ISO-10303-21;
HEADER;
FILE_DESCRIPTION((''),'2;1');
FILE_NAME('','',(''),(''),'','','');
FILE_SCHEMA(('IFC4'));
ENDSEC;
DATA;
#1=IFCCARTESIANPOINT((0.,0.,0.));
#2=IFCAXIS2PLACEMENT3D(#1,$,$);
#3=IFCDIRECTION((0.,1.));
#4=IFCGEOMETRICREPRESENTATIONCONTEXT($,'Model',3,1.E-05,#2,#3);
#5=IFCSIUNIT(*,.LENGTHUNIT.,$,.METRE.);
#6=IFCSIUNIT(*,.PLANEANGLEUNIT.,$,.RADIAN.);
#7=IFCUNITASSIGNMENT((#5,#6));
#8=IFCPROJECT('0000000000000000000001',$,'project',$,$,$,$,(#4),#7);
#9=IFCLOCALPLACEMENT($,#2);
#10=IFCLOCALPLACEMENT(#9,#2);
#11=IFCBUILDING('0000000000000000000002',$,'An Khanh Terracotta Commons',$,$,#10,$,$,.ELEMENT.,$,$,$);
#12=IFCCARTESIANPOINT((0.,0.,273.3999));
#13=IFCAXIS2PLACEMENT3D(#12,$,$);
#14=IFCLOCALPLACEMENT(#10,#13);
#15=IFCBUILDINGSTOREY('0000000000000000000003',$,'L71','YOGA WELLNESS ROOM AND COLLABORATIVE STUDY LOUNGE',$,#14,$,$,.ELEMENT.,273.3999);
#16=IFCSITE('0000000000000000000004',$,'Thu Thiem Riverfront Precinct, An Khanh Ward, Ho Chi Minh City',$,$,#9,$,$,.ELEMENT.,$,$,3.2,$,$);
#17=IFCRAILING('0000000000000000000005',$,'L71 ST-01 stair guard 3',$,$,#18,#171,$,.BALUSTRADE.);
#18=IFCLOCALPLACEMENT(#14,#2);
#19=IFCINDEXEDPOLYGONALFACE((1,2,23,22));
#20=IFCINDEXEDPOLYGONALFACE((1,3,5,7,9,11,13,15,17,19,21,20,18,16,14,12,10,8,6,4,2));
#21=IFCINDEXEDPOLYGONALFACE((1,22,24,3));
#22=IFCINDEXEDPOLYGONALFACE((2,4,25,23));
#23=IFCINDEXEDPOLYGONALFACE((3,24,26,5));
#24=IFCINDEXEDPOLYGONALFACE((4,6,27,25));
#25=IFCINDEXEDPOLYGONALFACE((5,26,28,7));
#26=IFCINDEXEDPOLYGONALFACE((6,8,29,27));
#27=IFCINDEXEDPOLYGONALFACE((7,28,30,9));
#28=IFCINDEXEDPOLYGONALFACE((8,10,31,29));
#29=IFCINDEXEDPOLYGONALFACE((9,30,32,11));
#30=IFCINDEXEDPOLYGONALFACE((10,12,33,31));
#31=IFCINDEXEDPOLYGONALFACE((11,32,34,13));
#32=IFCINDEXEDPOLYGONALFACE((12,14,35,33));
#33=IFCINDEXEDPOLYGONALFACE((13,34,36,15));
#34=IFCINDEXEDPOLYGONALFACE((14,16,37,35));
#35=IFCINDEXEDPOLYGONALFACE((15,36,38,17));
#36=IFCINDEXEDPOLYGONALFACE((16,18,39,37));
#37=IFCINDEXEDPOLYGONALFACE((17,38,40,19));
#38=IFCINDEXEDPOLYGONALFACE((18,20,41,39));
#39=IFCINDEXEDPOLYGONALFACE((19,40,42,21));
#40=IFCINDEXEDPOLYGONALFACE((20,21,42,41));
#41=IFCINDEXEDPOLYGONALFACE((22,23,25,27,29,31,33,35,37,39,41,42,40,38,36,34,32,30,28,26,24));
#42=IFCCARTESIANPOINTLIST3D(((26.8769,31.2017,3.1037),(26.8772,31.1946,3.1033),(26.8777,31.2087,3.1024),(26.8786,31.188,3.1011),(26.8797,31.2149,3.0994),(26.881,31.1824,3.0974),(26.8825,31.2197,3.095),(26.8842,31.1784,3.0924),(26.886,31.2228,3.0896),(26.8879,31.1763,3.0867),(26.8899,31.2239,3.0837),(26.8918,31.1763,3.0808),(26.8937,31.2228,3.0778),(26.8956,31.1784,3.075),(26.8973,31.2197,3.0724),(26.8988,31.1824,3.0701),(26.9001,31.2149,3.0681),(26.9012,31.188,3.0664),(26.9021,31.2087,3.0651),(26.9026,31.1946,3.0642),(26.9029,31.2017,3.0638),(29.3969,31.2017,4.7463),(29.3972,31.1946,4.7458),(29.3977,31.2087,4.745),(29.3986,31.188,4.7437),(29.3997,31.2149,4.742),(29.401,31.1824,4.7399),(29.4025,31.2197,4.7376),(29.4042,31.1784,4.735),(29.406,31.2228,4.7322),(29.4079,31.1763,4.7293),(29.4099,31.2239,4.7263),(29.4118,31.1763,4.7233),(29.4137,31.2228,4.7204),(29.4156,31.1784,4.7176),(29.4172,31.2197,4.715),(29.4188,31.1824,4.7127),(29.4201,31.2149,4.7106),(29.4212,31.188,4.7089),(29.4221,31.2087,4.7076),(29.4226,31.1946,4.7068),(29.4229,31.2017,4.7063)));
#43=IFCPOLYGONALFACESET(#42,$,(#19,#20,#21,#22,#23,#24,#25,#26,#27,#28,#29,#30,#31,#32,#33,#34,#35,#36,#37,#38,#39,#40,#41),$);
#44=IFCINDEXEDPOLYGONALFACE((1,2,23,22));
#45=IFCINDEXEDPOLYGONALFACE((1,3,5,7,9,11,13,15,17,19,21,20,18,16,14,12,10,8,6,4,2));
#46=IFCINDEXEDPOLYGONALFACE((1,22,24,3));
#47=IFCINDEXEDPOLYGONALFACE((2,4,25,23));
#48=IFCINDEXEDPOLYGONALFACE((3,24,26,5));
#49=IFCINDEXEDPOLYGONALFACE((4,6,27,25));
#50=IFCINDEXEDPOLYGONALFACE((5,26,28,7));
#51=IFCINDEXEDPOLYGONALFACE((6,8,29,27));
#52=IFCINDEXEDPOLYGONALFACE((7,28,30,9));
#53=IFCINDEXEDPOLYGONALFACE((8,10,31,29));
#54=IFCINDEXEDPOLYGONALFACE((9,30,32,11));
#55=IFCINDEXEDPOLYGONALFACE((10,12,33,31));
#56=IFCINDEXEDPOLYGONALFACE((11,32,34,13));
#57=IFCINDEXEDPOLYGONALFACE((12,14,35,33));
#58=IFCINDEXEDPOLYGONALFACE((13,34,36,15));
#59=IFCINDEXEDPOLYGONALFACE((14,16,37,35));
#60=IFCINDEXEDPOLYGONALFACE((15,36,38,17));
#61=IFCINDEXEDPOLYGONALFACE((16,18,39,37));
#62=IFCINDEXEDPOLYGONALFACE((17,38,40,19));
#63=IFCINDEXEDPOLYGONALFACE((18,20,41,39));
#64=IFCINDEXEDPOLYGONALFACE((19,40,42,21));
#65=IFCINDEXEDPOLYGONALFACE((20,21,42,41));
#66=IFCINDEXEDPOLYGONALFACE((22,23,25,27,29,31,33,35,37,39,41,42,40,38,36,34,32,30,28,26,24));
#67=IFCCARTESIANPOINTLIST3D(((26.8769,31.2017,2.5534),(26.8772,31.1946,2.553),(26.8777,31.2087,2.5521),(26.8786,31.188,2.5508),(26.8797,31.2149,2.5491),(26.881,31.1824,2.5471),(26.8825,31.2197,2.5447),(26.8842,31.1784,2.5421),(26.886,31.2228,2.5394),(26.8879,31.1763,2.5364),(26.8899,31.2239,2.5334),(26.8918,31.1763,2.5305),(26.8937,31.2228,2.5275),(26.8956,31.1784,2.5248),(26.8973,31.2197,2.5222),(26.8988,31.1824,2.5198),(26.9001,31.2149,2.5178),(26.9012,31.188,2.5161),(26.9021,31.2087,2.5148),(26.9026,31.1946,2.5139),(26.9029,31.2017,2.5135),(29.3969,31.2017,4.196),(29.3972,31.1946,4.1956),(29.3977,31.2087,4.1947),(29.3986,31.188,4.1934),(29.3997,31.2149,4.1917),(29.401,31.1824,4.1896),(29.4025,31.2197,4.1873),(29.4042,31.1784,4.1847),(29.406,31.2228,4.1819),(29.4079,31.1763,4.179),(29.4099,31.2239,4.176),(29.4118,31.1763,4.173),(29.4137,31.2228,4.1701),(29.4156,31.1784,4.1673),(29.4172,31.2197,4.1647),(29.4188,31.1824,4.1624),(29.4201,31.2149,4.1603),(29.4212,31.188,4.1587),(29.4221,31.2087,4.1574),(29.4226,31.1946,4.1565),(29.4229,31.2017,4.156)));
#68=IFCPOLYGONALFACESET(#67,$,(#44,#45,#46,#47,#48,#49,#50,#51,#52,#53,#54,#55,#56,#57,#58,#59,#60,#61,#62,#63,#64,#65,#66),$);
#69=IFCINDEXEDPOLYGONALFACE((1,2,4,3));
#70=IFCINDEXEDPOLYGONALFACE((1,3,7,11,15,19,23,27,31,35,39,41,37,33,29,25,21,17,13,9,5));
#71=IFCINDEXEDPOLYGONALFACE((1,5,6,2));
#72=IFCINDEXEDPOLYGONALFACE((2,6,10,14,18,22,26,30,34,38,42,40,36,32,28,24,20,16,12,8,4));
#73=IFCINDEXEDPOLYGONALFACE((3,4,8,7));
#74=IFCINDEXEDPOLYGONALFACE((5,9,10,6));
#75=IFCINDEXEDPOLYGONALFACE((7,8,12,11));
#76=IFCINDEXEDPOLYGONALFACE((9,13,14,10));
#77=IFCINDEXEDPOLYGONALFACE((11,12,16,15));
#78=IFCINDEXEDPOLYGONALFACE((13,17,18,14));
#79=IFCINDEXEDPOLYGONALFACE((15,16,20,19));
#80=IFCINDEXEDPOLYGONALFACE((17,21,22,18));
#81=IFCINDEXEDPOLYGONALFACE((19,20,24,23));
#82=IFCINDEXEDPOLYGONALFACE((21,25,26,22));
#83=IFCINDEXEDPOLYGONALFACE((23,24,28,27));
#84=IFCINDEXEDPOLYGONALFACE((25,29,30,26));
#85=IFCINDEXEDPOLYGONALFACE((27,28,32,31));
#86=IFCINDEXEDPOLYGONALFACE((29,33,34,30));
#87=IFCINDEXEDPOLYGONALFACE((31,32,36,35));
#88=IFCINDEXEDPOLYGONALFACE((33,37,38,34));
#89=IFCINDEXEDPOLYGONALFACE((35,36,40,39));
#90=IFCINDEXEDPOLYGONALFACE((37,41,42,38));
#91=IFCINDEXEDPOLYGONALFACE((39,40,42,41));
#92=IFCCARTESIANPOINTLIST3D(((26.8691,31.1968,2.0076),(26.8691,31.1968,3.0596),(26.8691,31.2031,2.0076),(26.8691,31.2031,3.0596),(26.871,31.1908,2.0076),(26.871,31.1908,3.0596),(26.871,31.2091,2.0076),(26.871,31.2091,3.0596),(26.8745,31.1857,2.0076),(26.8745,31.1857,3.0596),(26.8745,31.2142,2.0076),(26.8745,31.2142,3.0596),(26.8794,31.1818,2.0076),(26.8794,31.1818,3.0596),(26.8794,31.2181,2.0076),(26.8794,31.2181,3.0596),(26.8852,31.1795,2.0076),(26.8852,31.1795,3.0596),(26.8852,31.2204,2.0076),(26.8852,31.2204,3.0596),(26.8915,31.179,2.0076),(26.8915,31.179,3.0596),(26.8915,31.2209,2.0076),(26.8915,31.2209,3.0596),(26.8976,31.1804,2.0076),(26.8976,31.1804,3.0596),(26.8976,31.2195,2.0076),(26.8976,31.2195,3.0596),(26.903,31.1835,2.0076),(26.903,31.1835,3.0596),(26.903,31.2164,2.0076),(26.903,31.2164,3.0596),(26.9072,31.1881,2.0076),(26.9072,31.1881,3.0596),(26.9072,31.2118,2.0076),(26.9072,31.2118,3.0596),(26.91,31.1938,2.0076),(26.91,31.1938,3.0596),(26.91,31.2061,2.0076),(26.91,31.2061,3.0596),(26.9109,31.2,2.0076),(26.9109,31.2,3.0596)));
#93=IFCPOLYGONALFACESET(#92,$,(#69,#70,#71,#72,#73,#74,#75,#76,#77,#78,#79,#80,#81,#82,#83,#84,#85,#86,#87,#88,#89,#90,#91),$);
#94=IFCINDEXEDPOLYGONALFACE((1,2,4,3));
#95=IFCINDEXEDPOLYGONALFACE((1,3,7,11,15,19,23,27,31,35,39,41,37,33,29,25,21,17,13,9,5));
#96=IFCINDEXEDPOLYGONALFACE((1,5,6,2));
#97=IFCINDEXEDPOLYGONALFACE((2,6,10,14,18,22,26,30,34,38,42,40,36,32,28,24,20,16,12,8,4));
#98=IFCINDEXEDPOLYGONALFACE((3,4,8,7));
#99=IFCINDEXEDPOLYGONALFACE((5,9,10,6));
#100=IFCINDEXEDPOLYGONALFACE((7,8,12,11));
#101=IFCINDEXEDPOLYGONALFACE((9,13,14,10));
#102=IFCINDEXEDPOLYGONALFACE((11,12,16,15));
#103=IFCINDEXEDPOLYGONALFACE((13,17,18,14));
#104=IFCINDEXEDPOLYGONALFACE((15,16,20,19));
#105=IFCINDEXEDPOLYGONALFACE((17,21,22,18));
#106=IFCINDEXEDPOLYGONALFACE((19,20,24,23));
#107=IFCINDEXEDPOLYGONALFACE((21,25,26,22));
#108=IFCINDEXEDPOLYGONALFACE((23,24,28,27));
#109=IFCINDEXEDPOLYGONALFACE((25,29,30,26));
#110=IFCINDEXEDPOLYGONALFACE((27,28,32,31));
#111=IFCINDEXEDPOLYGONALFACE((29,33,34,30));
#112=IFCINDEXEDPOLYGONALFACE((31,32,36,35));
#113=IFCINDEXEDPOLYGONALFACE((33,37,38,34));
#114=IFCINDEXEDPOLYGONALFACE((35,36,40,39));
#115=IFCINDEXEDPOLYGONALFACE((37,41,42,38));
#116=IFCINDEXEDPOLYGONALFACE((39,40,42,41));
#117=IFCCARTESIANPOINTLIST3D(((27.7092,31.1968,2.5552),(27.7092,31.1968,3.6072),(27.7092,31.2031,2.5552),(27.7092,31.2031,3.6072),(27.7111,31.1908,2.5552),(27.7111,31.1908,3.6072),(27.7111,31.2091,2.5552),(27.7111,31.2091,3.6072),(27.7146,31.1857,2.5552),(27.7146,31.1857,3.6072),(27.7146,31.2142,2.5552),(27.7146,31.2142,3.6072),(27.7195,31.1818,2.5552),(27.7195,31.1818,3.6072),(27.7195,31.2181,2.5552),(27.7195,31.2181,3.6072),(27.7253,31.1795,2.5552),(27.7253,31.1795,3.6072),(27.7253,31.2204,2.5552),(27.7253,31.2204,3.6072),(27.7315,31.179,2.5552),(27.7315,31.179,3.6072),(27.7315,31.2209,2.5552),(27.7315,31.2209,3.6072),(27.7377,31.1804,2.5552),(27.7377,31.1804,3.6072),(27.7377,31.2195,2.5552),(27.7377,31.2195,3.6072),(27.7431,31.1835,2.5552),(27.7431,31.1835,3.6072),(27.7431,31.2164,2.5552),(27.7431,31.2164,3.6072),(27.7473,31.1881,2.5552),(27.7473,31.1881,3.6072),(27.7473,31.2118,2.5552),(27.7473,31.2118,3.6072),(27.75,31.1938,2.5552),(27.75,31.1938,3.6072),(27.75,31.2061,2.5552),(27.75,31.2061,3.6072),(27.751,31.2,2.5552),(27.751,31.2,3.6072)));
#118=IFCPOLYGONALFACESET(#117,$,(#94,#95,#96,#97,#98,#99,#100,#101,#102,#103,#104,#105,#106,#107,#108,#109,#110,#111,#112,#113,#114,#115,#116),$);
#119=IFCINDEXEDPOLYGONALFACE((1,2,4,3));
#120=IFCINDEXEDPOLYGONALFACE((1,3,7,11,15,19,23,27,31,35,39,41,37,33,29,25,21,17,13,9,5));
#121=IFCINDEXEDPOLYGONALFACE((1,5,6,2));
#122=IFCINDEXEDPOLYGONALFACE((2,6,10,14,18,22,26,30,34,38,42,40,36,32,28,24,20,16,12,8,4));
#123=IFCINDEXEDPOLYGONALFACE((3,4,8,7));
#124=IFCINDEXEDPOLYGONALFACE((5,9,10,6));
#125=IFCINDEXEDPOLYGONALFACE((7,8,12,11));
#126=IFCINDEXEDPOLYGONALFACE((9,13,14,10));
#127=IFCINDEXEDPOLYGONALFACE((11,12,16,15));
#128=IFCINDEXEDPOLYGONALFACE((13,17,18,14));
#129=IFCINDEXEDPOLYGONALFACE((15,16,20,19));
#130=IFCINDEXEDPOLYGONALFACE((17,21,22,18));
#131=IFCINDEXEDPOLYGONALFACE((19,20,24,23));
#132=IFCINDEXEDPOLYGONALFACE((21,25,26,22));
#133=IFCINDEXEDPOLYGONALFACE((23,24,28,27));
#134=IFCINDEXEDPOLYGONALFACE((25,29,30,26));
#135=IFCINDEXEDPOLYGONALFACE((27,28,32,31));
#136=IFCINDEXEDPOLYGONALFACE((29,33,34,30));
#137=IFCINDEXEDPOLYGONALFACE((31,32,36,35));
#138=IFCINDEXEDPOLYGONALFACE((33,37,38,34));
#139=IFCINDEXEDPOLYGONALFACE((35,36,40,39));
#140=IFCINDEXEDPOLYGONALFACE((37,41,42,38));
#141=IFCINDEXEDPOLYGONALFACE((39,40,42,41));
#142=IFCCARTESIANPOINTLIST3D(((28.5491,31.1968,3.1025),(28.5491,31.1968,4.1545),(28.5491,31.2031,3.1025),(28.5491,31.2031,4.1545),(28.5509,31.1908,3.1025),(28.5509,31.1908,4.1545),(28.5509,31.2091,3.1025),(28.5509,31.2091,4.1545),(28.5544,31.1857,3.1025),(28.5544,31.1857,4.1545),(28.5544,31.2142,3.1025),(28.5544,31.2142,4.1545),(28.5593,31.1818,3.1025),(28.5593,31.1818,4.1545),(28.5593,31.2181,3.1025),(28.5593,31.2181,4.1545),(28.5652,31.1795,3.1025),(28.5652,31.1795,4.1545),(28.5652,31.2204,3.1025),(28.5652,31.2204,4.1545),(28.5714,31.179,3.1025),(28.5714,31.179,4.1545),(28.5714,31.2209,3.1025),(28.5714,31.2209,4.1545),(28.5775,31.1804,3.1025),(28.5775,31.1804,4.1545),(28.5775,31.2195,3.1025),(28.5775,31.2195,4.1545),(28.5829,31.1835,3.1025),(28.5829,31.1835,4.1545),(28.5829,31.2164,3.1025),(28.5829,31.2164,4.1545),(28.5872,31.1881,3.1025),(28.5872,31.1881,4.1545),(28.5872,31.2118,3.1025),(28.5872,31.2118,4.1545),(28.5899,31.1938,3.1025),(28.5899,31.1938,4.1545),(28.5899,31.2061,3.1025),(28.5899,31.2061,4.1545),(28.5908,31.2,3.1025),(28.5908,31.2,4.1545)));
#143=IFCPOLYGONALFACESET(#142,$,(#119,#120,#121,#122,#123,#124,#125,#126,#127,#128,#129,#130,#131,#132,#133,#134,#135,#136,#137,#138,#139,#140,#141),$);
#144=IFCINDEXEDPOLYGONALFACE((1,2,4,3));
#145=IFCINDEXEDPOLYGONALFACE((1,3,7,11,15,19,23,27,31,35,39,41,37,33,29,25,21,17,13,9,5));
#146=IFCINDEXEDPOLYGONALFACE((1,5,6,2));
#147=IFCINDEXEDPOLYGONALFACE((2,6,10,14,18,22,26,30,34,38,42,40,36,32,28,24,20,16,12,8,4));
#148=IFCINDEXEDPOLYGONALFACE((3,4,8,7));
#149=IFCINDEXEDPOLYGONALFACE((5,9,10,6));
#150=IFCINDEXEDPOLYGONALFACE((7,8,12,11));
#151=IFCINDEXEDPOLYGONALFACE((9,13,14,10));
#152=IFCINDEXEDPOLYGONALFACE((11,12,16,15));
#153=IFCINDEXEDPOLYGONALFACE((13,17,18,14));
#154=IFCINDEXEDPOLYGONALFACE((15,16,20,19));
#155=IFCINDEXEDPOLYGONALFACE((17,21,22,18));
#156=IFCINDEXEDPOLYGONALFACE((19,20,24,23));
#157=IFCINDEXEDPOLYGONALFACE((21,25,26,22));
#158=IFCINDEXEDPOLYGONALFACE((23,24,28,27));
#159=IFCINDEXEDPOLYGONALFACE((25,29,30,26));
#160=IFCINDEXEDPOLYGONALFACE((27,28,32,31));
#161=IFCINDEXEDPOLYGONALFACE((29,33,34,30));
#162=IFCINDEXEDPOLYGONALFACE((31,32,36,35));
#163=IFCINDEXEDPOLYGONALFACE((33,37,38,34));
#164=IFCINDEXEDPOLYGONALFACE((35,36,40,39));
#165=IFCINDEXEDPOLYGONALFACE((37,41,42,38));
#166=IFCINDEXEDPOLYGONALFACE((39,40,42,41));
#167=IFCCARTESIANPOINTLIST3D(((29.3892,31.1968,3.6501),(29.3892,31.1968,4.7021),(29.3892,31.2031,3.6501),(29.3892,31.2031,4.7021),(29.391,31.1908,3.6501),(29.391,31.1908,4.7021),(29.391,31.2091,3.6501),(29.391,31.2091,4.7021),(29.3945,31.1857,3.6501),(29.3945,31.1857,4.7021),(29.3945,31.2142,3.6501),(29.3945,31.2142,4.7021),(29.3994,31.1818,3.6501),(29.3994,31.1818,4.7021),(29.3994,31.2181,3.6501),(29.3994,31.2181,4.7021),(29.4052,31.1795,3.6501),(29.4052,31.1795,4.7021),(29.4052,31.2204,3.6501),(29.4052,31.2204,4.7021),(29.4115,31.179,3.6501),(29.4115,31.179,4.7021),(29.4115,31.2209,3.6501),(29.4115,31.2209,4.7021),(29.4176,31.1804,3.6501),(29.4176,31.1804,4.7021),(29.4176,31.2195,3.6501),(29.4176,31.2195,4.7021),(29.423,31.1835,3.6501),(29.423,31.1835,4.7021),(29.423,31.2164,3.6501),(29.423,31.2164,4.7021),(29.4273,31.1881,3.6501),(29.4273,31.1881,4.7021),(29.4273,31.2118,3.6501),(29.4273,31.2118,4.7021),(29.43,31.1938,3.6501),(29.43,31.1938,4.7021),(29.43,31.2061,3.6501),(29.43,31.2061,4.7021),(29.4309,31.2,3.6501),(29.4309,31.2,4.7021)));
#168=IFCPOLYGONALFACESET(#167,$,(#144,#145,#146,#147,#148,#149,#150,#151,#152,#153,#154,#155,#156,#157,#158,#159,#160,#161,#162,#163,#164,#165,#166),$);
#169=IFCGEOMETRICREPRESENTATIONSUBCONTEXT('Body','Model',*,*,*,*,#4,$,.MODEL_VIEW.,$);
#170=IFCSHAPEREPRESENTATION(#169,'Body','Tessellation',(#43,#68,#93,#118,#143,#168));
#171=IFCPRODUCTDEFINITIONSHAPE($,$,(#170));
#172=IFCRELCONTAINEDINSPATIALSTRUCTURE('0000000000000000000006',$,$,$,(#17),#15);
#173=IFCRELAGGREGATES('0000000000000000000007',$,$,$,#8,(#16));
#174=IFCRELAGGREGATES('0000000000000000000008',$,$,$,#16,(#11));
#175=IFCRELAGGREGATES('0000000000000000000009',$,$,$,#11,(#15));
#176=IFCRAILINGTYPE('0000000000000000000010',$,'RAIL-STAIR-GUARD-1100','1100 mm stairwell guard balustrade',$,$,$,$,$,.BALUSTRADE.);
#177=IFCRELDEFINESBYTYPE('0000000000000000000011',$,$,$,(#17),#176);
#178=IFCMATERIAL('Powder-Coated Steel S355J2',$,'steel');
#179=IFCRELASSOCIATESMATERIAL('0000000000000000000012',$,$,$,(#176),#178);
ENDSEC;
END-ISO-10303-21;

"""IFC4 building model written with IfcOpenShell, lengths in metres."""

from ifc_helpers import new_model, si_unit, direction, frame, origin, origin_2d, place, context, subcontext, project, spatial, circle, extrude, material, type_object, element, save


model = new_model("IFC4")

# Units and contexts
model_context = context("Model", 3, precision=1e-05, world=origin(), true_north=direction((0.0, 1.0)))
body_context = subcontext(model_context, "Body", "Model", "MODEL_VIEW")
ifc_project = project(units=[si_unit("LENGTHUNIT", "METRE"), si_unit("PLANEANGLEUNIT", "RADIAN")], contexts=[model_context])

# Site, building, storey
site_placement = place(None, origin())
site = spatial("IfcSite", under=ifc_project, at=site_placement, Name="Thu Thiem Riverfront Precinct, An Khanh Ward, Ho Chi Minh City", CompositionType="ELEMENT", RefElevation=3.2)
building_placement = place(site_placement, origin())
building = spatial("IfcBuilding", under=site, at=building_placement, Name="An Khanh Terracotta Commons", CompositionType="ELEMENT")
storey_placement = place(building_placement, frame((0.0, 0.0, 273.3999)))
storey = spatial("IfcBuildingStorey", under=building, at=storey_placement, Name="L71", Description="YOGA WELLNESS ROOM AND COLLABORATIVE STUDY LOUNGE", CompositionType="ELEMENT", Elevation=273.3999)

# Railing
ifc_material_1 = material(Name="Powder-Coated Steel S355J2", Category="steel")
railing_type_1 = type_object("IfcRailingType", Name="RAIL-STAIR-GUARD-1100", Description="1100 mm stairwell guard balustrade", PredefinedType="BALUSTRADE", material=ifc_material_1)
railing_1_placement = place(storey_placement, frame((26.8899, 31.2, 2.0076)))
element("IfcRailing", 1, at=railing_1_placement, inside=storey, type_object=railing_type_1, Name="L71 ST-01 stair guard 3", PredefinedType="BALUSTRADE", context=body_context, shape_type="SweptSolid", body=[
    extrude(circle(Radius=0.0239, at=origin_2d()), frame((0.0, 0.0, 1.0762), z_axis=(0.837749, 0.0, 0.546055), x_axis=(0.0, 1.0, 0.0)), (0.0, 0.0, 1.0), 3.0081),
    extrude(circle(Radius=0.0239, at=origin_2d()), frame((0.0, 0.0, 0.5259), z_axis=(0.837749, 0.0, 0.546055), x_axis=(0.0, 1.0, 0.0)), (0.0, 0.0, 1.0), 3.0081),
    extrude(circle(Radius=0.021, at=origin_2d()), origin(), (0.0, 0.0, 1.0), 1.052),
    extrude(circle(Radius=0.021, at=origin_2d()), frame((0.8401, 0.0, 0.5476)), (0.0, 0.0, 1.0), 1.052),
    extrude(circle(Radius=0.021, at=origin_2d()), frame((1.6799, 0.0, 1.095)), (0.0, 0.0, 1.0), 1.052),
    extrude(circle(Radius=0.021, at=origin_2d()), frame((2.52, 0.0, 1.6426)), (0.0, 0.0, 1.0), 1.052),
])

save(model, "model.ifc")
